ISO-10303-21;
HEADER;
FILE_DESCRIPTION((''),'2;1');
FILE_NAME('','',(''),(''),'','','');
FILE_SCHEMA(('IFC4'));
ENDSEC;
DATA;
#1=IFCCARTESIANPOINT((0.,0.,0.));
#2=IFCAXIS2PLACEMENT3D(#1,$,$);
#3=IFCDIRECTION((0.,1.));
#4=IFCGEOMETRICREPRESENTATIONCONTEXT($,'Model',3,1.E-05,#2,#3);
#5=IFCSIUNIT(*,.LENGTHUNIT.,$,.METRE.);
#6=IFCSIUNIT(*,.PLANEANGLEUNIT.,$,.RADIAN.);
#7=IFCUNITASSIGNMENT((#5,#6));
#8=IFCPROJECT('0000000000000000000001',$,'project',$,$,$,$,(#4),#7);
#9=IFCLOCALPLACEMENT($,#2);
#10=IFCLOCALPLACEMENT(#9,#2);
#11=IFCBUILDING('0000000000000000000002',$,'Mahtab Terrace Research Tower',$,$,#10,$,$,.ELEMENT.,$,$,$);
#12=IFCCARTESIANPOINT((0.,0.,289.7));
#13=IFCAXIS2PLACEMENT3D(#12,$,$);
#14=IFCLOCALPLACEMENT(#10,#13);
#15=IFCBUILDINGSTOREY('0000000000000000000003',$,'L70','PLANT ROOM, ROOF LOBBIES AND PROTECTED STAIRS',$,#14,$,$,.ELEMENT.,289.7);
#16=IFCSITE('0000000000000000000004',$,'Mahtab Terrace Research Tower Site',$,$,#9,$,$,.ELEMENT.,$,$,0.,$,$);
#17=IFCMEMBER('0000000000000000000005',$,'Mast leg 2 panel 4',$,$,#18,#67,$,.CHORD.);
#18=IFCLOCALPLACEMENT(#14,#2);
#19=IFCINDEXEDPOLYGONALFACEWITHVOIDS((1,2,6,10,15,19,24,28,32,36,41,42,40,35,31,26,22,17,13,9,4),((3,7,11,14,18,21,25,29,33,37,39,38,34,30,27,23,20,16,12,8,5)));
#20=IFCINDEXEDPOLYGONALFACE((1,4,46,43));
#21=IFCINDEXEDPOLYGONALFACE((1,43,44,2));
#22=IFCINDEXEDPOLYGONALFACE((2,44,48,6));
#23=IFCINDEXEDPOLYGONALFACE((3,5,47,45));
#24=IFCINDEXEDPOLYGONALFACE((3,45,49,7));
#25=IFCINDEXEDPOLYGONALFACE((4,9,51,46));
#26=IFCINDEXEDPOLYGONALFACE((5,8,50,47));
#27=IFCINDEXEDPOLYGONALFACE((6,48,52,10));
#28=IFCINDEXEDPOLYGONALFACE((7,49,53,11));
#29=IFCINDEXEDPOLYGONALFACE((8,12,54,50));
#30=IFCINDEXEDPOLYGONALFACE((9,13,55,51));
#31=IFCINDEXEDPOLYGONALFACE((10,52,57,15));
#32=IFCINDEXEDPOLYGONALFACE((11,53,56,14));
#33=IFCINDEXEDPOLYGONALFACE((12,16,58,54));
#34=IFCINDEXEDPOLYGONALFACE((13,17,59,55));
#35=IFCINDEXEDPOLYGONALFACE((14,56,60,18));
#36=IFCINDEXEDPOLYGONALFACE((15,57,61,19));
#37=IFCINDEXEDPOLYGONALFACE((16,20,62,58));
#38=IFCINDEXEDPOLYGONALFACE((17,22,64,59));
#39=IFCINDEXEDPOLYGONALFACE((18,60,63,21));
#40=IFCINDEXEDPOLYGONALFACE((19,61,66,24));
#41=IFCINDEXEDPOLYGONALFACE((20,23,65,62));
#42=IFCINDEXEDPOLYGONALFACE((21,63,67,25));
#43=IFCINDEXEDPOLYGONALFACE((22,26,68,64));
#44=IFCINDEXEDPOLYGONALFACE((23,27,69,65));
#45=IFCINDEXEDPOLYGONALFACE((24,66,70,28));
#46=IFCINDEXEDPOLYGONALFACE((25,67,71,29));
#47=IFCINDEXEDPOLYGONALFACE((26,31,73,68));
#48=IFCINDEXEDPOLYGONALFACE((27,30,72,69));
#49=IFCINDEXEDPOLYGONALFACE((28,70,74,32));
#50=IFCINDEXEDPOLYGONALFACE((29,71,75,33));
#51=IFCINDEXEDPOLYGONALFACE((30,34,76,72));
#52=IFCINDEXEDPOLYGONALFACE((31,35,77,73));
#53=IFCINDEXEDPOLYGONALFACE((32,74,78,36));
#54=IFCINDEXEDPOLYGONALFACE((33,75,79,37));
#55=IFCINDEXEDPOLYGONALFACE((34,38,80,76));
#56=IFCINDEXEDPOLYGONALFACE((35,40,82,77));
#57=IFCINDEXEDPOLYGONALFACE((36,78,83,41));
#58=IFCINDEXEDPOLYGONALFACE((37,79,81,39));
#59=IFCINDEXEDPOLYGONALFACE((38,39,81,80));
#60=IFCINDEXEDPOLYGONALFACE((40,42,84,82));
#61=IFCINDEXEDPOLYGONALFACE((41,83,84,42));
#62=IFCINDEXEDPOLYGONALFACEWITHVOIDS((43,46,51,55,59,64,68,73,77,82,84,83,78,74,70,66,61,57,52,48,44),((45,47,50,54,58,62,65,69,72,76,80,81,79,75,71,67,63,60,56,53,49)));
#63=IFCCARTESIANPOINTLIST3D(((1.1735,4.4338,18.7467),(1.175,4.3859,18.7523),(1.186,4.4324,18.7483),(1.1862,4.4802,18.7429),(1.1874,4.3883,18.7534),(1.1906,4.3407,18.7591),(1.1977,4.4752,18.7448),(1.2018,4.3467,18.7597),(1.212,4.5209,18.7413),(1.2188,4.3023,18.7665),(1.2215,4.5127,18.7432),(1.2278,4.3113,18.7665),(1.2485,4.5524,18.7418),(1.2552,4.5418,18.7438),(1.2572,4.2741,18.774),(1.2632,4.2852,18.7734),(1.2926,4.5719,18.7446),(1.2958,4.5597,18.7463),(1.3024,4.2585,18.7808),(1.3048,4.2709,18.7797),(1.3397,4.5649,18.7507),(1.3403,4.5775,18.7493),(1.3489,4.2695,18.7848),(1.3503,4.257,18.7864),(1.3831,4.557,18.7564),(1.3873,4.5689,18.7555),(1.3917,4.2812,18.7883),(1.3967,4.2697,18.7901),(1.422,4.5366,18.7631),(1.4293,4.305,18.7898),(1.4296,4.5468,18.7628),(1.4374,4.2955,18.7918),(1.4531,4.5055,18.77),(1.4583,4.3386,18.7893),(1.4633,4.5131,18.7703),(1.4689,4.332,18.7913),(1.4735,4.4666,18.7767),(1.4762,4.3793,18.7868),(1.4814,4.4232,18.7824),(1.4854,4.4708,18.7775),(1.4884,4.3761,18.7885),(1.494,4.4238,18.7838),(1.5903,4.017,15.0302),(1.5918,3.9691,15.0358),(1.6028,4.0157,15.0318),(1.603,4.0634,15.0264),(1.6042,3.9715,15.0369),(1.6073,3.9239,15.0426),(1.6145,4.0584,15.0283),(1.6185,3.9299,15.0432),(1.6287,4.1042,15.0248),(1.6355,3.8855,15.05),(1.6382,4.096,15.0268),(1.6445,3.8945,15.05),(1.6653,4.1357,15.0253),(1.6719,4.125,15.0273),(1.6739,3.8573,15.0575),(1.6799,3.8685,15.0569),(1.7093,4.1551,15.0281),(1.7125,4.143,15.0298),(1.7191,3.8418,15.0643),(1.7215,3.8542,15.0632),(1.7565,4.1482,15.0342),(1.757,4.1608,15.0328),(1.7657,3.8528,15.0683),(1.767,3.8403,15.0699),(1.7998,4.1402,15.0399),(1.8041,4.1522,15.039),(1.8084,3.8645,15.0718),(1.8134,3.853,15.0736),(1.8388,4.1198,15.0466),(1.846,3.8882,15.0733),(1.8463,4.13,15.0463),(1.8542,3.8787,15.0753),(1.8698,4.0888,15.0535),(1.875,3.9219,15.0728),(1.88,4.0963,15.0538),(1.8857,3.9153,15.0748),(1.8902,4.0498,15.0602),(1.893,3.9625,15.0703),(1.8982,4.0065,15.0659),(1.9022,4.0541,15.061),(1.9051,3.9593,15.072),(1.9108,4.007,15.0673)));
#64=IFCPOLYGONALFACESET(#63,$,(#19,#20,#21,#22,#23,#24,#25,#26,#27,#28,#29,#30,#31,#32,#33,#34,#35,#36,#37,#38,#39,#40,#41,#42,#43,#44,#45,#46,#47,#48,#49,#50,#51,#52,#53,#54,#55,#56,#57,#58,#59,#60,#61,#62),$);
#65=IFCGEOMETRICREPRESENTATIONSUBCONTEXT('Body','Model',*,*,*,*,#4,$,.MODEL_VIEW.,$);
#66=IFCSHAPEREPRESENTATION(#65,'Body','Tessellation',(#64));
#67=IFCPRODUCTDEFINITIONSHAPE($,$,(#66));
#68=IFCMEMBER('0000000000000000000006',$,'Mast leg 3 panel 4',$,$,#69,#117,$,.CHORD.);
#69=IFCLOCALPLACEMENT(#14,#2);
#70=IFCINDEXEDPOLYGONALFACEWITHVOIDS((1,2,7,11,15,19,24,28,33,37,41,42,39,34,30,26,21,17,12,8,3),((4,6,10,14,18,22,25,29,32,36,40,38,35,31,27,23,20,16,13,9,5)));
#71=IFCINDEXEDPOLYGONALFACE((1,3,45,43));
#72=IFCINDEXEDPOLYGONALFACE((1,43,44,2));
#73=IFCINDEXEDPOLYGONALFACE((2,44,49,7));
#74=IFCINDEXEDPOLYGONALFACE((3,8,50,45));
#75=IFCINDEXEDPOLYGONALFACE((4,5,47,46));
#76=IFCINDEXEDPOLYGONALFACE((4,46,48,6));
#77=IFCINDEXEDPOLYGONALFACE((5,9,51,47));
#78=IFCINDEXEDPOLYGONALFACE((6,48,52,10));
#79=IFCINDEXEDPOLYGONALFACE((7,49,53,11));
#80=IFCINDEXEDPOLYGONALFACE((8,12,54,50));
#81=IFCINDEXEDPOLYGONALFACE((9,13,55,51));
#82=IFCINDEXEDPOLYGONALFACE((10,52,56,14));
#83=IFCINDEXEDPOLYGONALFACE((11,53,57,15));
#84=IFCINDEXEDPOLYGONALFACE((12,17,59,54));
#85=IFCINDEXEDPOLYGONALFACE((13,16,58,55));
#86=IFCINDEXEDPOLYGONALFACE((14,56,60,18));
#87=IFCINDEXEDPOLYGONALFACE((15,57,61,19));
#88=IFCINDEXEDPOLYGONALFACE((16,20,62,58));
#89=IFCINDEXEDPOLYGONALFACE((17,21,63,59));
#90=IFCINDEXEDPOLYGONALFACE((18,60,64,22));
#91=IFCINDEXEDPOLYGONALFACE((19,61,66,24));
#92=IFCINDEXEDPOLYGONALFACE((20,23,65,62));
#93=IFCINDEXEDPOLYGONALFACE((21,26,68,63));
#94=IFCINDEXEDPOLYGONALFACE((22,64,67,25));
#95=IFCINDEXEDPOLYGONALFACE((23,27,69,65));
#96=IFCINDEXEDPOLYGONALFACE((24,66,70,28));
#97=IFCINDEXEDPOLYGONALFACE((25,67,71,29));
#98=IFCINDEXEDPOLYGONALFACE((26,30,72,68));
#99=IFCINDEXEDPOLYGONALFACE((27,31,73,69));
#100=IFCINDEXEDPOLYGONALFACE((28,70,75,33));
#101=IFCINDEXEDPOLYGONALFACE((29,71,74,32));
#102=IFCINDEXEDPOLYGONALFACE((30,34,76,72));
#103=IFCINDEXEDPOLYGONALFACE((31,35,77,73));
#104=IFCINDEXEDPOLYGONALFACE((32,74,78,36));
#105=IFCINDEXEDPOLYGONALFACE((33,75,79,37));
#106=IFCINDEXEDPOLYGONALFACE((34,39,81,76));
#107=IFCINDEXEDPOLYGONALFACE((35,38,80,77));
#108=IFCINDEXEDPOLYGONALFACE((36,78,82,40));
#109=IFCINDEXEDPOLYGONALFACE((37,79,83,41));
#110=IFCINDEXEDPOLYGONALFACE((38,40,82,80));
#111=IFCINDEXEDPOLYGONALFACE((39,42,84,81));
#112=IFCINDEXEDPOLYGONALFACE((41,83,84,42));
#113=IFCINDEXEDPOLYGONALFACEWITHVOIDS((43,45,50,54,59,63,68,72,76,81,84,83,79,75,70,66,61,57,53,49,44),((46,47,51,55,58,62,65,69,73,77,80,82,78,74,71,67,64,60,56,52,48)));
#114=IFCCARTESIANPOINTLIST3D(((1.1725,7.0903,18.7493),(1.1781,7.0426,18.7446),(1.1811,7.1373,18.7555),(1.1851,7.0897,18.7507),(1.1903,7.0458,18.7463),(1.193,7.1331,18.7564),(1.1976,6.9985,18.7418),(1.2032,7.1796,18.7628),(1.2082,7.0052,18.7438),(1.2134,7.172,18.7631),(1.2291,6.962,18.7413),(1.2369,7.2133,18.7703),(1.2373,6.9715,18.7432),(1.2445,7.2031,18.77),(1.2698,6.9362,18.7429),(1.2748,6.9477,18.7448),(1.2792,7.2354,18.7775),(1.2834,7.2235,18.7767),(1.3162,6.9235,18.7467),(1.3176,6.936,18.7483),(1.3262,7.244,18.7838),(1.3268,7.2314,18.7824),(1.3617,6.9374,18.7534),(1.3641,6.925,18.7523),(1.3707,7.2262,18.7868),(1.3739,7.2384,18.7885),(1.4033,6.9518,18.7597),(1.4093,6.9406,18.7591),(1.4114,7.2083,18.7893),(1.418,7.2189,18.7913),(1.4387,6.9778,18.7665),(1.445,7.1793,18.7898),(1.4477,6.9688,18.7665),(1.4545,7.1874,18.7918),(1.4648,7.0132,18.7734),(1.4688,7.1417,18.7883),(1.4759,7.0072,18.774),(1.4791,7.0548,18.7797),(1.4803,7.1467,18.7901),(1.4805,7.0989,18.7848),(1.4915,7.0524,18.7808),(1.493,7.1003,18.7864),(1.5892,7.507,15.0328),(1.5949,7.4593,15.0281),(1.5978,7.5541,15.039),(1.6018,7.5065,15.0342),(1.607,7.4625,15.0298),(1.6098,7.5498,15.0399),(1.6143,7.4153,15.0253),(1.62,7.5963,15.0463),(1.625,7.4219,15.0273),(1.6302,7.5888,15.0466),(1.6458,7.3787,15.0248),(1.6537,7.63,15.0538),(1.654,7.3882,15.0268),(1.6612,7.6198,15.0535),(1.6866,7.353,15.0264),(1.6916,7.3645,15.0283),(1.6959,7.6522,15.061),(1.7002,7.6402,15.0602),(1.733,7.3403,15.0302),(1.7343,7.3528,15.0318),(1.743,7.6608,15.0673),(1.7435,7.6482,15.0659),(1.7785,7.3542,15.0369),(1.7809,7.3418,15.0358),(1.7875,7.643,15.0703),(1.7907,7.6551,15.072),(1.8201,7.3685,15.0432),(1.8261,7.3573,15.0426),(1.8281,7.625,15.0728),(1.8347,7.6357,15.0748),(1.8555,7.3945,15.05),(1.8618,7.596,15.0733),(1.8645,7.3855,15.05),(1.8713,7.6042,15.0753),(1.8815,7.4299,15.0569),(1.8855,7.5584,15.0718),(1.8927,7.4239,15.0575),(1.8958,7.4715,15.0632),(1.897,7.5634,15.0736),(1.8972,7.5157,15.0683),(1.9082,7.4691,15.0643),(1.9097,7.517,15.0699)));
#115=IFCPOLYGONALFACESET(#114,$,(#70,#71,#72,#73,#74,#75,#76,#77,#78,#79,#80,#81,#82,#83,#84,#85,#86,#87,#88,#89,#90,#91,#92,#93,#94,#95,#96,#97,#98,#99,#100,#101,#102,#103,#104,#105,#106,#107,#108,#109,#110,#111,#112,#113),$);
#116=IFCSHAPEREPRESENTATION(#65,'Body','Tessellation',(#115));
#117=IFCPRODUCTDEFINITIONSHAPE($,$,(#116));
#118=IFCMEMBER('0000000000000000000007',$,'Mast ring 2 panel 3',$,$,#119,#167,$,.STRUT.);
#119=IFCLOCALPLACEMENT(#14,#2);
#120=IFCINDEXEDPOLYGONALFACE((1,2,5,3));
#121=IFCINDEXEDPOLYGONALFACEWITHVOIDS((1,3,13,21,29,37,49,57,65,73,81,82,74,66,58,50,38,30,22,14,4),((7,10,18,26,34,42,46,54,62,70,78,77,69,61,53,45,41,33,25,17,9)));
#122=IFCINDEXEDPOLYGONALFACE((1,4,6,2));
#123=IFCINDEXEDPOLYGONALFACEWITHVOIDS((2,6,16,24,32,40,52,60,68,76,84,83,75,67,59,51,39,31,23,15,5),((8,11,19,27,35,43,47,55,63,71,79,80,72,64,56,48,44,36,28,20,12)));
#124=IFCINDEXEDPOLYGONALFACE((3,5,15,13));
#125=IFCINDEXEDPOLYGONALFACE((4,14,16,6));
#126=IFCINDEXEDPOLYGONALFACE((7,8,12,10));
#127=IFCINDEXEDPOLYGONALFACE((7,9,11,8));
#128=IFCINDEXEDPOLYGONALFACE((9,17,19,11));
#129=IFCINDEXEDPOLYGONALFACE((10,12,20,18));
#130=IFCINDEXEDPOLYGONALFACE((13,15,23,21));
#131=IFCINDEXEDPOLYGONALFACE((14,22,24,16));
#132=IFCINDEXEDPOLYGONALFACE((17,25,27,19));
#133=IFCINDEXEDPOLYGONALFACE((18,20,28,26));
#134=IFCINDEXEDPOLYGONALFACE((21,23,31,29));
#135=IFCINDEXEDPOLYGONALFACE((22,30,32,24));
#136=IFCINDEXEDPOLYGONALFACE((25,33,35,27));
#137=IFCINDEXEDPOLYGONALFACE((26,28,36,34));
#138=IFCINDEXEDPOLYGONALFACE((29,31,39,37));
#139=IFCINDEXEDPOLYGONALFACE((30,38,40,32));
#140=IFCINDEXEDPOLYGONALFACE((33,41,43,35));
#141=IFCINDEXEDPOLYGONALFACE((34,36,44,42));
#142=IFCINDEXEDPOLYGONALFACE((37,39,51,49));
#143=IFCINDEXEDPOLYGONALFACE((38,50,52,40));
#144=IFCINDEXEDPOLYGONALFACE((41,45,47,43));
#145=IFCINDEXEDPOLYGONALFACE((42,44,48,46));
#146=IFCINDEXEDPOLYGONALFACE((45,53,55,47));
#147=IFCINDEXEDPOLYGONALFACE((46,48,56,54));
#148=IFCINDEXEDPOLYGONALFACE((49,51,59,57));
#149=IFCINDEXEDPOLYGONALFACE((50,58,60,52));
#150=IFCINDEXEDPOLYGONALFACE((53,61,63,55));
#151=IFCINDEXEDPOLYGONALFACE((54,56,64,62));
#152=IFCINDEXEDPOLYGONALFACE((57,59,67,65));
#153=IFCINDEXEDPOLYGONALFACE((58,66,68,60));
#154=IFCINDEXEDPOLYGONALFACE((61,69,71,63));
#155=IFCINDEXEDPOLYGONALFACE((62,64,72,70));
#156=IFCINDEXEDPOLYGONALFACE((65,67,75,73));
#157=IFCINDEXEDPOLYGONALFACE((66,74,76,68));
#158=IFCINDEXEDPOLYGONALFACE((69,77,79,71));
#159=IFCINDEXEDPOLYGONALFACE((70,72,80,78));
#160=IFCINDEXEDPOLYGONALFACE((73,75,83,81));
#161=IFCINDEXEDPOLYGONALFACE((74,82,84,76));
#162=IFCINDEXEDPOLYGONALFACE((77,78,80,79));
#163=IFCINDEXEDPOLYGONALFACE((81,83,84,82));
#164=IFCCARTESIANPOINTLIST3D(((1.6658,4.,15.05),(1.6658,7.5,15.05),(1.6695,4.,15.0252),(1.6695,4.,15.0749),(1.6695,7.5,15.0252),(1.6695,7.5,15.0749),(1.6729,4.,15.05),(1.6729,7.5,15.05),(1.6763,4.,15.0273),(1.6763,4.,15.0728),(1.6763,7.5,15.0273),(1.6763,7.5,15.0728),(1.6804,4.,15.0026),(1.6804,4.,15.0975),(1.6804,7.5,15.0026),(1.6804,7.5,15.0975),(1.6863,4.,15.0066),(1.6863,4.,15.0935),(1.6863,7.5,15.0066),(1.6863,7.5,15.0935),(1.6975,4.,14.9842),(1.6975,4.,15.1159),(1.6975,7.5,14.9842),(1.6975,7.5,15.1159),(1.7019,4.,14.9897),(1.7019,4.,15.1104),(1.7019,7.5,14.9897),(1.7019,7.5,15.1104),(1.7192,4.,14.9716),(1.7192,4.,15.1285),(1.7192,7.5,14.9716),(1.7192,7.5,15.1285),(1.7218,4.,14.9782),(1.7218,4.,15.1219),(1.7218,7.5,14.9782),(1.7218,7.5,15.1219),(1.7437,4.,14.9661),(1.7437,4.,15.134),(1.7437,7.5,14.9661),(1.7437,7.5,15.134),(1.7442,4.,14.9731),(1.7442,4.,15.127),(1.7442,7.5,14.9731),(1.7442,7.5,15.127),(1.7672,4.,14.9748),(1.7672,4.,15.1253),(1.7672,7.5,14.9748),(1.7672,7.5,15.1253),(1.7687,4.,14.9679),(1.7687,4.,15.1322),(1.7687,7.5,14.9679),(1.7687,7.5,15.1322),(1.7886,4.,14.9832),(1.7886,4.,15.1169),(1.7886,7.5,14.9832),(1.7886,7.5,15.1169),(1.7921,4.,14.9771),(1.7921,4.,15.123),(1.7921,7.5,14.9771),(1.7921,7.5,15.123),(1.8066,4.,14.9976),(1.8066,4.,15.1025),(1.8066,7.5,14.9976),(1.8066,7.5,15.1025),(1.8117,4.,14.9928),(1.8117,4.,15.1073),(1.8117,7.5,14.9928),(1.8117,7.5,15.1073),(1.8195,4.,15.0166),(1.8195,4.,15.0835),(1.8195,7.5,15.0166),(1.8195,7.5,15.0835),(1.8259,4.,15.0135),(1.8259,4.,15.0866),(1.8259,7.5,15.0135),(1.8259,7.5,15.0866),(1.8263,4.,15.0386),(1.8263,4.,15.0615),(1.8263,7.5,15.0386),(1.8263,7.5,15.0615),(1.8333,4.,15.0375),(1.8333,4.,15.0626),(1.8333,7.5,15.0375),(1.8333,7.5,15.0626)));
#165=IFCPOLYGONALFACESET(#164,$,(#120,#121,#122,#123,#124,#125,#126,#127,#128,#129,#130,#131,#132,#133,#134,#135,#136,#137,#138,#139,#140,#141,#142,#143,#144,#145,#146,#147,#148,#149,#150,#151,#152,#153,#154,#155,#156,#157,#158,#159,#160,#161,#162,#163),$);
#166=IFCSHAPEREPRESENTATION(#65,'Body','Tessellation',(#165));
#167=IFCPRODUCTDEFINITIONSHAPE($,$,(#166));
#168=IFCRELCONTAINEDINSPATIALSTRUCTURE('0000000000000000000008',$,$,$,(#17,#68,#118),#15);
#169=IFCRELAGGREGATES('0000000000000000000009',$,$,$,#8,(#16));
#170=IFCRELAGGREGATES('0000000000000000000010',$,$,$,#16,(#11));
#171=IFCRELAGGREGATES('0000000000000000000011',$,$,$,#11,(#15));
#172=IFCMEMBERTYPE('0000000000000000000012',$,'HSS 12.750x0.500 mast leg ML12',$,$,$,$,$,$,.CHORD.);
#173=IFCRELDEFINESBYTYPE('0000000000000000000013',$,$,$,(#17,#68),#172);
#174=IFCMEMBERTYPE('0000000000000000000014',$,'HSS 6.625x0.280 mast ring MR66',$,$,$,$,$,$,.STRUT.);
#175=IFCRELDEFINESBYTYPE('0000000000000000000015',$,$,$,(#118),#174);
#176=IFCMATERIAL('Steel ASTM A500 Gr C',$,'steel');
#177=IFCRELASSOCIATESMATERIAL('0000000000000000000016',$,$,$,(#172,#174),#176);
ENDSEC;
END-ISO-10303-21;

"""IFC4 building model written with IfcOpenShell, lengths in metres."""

from ifc_helpers import new_model, si_unit, direction, frame, origin, origin_2d, place, context, subcontext, project, spatial, hollow_circle, extrude, material, material_profile, profile_set, type_object, element, save


model = new_model("IFC4")

# Units and contexts
model_context = context("Model", 3, precision=1e-05, world=origin(), true_north=direction((0.0, 1.0)))
body_context = subcontext(model_context, "Body", "Model", "MODEL_VIEW")
ifc_project = project(units=[si_unit("LENGTHUNIT", "METRE"), si_unit("PLANEANGLEUNIT", "RADIAN")], contexts=[model_context])

# Site, building, storey
site_placement = place(None, origin())
site = spatial("IfcSite", under=ifc_project, at=site_placement, Name="Mahtab Terrace Research Tower Site", CompositionType="ELEMENT", RefElevation=0.0)
building_placement = place(site_placement, origin())
building = spatial("IfcBuilding", under=site, at=building_placement, Name="Mahtab Terrace Research Tower", CompositionType="ELEMENT")
storey_placement = place(building_placement, frame((0.0, 0.0, 289.7)))
storey = spatial("IfcBuildingStorey", under=building, at=storey_placement, Name="L70", Description="PLANT ROOM, ROOF LOBBIES AND PROTECTED STAIRS", CompositionType="ELEMENT", Elevation=289.7)

# Members
ifc_material_1 = material(Name="Steel ASTM A500 Gr C", Category="steel")
ifc_material_profile_1 = material_profile(ifc_material_1, hollow_circle(Radius=0.1619, WallThickness=0.0127, at=origin_2d()), Name="HSS12.750X0.500")
ifc_profile_set_1 = profile_set([ifc_material_profile_1], Name="Steel ASTM A500 Gr C")
member_type_1 = type_object("IfcMemberType", Name="HSS 12.750x0.500 mast leg ML12", PredefinedType="CHORD", material=ifc_profile_set_1)
for number, where, z_axis, x_axis, name in (
    (1, (1.75, 4.0, 15.05), (-0.110749, 0.110749, 0.987658), (-0.707107, -0.707107, 0.0), "Mast leg 2 panel 4"),
    (2, (1.75, 7.5, 15.05), (-0.110749, -0.110749, 0.987658), (0.707107, -0.707107, 0.0), "Mast leg 3 panel 4"),
):
    element("IfcMember", number, at=place(storey_placement, frame(where, z_axis=z_axis, x_axis=x_axis)), inside=storey, type_object=member_type_1, Name=name, PredefinedType="CHORD", context=body_context, shape_type="SweptSolid", body=[
        extrude(hollow_circle(Radius=0.1619, WallThickness=0.0127, at=origin_2d()), origin(), (0.0, 0.0, 1.0), 3.7629),
    ])
ifc_material_profile_2 = material_profile(ifc_material_1, hollow_circle(Radius=0.0842, WallThickness=0.0071, at=origin_2d()), Name="HSS6.625X0.280")
ifc_profile_set_2 = profile_set([ifc_material_profile_2], Name="Steel ASTM A500 Gr C")
member_type_2 = type_object("IfcMemberType", Name="HSS 6.625x0.280 mast ring MR66", PredefinedType="STRUT", material=ifc_profile_set_2)
for number, where, z_axis, x_axis, name in (
    (3, (1.75, 4.0, 15.05), (0.0, 1.0, 0.0), (-1.0, 0.0, 0.0), "Mast ring 2 panel 3"),
):
    element("IfcMember", number, at=place(storey_placement, frame(where, z_axis=z_axis, x_axis=x_axis)), inside=storey, type_object=member_type_2, Name=name, PredefinedType="STRUT", context=body_context, shape_type="SweptSolid", body=[
        extrude(hollow_circle(Radius=0.0842, WallThickness=0.0071, at=origin_2d()), origin(), (0.0, 0.0, 1.0), 3.5),
    ])

save(model, "model.ifc")
